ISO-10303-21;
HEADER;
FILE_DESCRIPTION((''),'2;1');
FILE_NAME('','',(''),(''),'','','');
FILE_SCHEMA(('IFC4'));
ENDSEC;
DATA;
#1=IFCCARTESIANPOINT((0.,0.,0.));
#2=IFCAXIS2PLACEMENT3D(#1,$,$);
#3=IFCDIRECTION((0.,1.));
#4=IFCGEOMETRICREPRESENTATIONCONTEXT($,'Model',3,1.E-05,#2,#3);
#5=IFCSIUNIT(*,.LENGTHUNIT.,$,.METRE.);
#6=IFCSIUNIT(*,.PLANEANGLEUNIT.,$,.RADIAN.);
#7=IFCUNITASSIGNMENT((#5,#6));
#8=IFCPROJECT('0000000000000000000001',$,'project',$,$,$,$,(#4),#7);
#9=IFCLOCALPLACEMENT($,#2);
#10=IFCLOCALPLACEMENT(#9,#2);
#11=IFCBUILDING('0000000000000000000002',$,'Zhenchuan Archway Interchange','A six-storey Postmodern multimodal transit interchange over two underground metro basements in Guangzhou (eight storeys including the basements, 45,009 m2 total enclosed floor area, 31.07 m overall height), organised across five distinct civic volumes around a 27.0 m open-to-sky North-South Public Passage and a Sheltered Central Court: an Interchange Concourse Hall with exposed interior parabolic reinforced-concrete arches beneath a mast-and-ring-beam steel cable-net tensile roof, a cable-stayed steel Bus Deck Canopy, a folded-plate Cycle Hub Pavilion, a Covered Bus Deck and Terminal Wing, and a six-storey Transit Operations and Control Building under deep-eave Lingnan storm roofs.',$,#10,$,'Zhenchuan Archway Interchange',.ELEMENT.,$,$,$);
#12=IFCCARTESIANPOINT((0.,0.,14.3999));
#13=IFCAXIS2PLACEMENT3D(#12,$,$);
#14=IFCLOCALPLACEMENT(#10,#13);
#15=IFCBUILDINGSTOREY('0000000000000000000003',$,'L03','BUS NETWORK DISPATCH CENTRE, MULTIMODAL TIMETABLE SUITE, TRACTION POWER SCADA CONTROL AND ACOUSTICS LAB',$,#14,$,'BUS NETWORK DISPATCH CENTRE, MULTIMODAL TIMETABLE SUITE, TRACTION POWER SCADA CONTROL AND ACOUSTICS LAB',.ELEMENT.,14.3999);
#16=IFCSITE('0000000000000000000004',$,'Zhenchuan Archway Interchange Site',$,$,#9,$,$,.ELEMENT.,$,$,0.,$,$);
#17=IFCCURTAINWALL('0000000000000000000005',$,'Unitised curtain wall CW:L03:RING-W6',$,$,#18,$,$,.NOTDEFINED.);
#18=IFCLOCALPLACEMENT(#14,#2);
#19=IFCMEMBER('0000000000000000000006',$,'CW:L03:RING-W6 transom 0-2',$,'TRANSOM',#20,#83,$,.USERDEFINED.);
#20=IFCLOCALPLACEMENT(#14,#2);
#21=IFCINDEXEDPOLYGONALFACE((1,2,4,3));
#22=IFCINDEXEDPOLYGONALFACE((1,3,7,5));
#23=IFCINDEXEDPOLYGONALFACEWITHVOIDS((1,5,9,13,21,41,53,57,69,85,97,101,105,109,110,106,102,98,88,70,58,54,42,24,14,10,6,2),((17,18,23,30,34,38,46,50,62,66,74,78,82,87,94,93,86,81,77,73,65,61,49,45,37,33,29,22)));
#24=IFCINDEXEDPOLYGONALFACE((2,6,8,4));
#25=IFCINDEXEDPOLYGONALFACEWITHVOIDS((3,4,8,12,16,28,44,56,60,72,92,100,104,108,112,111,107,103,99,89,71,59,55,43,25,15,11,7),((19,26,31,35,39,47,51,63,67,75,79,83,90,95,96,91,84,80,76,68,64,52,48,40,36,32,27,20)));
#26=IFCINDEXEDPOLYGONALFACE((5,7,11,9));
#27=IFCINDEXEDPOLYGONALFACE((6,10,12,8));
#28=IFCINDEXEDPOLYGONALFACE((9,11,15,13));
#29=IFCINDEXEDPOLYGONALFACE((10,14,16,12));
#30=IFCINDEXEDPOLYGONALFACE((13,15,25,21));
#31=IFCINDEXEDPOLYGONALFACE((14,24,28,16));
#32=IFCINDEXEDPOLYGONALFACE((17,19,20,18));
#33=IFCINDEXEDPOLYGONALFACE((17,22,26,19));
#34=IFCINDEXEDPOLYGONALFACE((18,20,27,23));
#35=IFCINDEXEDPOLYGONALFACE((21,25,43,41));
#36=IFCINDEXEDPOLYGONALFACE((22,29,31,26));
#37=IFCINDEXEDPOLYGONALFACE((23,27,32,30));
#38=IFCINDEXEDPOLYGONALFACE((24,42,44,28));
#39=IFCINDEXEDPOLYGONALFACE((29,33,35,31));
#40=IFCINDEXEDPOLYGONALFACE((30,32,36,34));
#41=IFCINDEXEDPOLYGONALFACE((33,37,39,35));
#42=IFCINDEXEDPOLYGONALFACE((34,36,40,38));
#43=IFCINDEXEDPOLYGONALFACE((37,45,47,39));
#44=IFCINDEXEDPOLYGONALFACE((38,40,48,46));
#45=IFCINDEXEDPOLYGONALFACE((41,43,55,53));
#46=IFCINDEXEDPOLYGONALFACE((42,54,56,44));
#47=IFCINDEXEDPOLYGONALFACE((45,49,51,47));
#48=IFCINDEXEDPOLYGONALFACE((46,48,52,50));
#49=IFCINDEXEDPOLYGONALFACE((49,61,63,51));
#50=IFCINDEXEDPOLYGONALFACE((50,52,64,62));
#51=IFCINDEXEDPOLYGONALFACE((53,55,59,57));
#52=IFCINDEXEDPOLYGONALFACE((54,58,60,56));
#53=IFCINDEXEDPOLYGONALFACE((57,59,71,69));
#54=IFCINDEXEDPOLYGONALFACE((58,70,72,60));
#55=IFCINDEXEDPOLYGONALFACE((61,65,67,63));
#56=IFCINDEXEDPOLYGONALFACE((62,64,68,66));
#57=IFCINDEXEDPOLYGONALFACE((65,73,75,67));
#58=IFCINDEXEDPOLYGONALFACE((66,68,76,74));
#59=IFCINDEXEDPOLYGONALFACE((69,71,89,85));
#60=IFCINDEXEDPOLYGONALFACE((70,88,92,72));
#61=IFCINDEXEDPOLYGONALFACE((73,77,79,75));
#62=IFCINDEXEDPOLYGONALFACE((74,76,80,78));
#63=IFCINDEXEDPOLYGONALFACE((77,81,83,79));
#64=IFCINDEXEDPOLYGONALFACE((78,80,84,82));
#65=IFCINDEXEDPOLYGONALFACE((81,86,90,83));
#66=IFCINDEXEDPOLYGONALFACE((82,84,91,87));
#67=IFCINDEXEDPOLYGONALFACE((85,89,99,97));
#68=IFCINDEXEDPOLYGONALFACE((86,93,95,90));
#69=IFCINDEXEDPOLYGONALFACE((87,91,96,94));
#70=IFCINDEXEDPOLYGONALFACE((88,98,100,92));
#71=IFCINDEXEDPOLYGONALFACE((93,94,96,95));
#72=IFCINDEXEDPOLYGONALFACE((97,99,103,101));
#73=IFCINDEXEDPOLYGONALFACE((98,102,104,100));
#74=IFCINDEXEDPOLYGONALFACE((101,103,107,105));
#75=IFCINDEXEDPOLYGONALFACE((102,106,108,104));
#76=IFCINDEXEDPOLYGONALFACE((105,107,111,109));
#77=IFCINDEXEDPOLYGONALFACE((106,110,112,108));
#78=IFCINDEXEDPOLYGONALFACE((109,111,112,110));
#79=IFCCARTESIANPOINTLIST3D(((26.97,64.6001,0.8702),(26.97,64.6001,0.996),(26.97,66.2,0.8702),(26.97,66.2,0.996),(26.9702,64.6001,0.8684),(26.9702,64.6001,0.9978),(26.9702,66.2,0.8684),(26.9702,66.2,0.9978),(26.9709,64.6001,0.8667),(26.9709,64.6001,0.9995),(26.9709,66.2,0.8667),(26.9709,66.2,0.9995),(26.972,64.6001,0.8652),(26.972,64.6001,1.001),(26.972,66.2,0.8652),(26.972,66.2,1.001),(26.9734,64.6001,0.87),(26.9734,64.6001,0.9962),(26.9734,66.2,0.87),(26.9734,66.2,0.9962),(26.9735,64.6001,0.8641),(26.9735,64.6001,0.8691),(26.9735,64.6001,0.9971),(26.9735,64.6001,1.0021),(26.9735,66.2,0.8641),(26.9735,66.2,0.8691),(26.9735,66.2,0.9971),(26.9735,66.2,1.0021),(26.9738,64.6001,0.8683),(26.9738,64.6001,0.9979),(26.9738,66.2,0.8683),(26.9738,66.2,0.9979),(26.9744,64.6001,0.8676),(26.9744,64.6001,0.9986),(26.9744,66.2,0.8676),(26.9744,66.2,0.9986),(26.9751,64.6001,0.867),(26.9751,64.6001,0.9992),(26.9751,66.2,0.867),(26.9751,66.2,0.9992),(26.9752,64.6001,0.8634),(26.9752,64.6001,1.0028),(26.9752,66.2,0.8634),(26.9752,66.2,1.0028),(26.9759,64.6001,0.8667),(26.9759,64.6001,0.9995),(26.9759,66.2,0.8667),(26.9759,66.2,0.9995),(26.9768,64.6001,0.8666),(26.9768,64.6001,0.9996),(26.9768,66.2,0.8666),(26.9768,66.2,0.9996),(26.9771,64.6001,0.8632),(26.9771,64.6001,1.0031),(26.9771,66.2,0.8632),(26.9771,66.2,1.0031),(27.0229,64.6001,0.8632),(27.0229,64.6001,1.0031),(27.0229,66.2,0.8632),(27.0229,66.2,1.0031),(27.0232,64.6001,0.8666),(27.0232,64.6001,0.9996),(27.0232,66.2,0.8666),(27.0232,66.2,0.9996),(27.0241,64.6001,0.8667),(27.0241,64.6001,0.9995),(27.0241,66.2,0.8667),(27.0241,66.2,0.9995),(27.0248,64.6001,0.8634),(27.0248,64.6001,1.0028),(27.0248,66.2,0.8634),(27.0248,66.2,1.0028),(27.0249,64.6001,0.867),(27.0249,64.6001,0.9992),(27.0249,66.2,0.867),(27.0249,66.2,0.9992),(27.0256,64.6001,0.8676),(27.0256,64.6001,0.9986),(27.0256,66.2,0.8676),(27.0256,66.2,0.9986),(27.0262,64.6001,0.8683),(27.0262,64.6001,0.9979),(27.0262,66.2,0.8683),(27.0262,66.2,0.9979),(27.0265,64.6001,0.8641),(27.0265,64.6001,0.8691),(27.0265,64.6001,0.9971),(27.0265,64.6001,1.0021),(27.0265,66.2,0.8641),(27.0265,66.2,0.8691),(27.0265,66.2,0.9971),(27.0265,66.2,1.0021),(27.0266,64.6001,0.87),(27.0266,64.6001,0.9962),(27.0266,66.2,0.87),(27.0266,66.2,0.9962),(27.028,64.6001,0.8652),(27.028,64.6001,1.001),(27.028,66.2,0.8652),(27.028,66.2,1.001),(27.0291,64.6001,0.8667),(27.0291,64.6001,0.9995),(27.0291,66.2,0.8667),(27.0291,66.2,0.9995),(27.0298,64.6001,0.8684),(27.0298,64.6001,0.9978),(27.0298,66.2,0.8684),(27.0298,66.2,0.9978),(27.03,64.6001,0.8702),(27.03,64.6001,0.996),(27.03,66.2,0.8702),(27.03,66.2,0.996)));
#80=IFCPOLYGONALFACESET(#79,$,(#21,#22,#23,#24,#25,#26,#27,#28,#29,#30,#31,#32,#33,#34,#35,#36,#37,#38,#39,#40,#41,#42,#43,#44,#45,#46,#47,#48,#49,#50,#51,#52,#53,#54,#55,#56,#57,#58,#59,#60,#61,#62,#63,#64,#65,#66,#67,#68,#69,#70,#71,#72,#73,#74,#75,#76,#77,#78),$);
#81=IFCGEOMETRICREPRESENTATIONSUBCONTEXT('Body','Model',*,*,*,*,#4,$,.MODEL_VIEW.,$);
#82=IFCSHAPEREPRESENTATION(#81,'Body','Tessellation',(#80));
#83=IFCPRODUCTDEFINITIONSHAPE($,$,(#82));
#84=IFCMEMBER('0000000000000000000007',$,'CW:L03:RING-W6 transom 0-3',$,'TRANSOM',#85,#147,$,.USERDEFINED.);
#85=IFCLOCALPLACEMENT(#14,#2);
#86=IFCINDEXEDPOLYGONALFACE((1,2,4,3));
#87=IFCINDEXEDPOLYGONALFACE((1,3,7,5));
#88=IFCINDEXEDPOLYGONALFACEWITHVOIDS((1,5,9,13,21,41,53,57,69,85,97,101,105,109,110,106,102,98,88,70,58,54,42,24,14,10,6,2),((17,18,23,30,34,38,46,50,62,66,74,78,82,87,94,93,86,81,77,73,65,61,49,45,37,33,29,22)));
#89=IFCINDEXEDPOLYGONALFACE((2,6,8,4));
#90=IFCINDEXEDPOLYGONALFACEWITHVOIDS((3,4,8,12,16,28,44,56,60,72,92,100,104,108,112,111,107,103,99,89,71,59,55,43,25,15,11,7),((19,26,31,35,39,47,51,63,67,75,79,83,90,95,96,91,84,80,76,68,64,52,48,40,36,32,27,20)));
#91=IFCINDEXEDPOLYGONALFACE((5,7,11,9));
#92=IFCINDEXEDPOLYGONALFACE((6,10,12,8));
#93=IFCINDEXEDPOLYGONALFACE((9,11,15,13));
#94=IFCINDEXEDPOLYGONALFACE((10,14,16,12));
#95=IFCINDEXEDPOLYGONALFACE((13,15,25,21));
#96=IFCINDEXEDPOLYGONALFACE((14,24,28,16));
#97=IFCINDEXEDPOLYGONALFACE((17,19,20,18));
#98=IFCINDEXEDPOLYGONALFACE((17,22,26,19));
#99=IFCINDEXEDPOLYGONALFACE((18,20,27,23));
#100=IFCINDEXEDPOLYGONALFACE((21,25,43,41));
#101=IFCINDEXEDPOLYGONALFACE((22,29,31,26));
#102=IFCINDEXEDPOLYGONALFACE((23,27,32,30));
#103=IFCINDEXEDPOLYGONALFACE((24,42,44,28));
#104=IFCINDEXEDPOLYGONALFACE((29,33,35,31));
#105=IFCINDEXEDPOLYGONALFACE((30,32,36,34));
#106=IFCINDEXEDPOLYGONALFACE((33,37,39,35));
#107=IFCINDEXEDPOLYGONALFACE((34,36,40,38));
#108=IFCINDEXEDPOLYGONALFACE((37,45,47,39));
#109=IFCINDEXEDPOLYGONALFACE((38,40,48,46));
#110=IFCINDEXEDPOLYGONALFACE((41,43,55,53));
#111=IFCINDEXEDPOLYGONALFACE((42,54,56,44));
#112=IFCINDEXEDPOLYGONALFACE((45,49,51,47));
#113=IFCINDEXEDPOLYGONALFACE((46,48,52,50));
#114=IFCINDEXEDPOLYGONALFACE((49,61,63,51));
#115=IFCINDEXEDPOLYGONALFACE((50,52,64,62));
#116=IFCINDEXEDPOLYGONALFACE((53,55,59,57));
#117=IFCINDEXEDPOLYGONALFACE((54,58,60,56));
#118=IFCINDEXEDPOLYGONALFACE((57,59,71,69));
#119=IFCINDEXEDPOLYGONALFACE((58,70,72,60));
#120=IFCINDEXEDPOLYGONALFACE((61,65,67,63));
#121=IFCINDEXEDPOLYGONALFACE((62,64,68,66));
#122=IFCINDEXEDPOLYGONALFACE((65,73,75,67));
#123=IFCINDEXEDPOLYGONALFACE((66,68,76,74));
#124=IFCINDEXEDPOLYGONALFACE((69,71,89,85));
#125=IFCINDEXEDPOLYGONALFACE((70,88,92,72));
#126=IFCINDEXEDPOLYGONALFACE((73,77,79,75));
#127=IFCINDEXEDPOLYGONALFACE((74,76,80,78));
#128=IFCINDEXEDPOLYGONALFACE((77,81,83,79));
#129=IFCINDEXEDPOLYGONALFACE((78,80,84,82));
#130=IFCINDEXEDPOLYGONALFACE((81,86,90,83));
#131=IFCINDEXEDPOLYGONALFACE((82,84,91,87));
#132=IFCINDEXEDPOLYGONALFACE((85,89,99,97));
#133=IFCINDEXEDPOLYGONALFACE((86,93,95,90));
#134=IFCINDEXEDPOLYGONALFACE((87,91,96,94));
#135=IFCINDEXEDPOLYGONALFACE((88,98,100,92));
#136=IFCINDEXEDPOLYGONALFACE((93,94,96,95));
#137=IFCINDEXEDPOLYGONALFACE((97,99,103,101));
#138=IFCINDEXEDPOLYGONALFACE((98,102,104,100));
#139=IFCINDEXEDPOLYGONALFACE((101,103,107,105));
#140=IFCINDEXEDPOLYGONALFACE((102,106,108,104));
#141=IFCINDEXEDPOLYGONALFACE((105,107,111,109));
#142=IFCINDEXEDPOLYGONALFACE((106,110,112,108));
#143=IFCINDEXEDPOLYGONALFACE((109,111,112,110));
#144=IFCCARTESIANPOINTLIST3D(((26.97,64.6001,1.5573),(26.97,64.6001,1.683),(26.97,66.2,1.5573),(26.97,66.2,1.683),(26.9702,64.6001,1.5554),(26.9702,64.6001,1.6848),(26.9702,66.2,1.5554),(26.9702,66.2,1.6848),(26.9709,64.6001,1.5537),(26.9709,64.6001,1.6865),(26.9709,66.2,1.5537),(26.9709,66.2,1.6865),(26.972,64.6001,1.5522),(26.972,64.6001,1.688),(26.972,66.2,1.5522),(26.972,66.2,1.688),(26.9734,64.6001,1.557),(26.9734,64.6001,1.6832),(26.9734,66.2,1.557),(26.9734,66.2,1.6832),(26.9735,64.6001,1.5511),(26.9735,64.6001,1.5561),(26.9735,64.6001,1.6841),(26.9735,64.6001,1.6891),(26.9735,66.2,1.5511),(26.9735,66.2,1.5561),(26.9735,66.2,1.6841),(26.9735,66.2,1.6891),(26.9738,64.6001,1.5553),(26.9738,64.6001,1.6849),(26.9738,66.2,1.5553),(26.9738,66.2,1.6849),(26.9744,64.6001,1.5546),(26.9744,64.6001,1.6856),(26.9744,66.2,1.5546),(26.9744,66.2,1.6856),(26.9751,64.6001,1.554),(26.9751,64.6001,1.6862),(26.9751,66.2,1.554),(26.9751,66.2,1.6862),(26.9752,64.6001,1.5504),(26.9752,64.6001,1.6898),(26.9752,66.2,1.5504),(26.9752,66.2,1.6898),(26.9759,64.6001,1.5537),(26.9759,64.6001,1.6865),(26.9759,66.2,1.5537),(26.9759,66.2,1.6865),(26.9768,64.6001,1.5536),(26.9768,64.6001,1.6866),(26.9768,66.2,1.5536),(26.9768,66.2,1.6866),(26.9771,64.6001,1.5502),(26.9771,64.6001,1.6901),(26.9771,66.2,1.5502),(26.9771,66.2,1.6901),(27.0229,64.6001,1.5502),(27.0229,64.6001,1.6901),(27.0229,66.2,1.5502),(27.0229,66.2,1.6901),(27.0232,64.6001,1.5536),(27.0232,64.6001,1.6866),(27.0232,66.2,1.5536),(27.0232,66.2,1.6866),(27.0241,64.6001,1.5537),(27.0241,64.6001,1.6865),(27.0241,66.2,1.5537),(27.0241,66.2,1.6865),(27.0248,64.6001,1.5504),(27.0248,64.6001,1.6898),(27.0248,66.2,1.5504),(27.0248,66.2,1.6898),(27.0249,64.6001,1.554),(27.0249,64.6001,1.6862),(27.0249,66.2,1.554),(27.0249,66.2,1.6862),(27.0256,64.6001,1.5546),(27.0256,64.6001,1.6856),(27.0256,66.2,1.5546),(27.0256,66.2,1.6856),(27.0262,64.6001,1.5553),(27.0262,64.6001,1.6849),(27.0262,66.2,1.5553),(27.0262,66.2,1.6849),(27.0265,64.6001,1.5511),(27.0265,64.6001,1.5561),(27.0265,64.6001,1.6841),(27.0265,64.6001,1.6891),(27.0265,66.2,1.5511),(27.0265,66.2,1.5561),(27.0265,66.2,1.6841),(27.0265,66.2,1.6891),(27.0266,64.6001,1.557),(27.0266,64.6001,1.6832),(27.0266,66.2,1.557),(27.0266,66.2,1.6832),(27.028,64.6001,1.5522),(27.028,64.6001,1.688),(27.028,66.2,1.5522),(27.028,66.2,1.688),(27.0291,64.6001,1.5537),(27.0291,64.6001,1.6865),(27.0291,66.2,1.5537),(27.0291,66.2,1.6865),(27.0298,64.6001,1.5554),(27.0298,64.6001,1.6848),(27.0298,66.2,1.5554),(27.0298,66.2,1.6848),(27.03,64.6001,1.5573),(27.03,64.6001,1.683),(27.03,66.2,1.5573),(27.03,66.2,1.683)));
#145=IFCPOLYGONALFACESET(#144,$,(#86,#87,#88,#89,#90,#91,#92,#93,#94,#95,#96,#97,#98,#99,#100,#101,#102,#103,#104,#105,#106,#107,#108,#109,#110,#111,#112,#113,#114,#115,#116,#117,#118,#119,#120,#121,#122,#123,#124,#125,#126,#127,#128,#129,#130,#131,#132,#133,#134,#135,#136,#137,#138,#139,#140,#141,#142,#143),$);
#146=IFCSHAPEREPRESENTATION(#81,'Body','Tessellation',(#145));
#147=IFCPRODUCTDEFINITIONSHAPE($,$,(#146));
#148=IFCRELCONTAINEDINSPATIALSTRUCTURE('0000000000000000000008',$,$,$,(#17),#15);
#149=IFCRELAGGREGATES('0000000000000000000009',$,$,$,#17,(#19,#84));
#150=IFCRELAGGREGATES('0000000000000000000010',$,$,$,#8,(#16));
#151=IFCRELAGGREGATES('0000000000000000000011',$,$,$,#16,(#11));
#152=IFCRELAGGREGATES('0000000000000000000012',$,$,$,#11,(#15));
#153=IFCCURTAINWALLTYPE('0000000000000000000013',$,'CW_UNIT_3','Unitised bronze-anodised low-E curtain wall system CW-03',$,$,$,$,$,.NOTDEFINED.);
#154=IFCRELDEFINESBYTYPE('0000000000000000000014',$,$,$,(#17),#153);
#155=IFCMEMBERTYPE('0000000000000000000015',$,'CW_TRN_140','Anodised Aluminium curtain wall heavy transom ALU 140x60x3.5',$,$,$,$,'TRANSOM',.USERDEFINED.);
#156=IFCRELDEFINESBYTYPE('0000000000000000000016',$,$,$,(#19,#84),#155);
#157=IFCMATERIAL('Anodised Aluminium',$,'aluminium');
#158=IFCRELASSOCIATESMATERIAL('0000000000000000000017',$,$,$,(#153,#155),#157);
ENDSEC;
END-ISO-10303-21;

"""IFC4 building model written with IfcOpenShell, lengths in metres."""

from ifc_helpers import new_model, si_unit, direction, frame, origin, origin_2d, place, context, subcontext, project, spatial, hollow_rectangle, extrude, material, material_profile, profile_set, type_object, element, aggregate, save


model = new_model("IFC4")

# Units and contexts
model_context = context("Model", 3, precision=1e-05, world=origin(), true_north=direction((0.0, 1.0)))
body_context = subcontext(model_context, "Body", "Model", "MODEL_VIEW")
ifc_project = project(units=[si_unit("LENGTHUNIT", "METRE"), si_unit("PLANEANGLEUNIT", "RADIAN")], contexts=[model_context])

# Site, building, storey
site_placement = place(None, origin())
site = spatial("IfcSite", under=ifc_project, at=site_placement, Name="Zhenchuan Archway Interchange Site", CompositionType="ELEMENT", RefElevation=0.0)
building_placement = place(site_placement, origin())
building = spatial("IfcBuilding", under=site, at=building_placement, Name="Zhenchuan Archway Interchange", Description="A six-storey Postmodern multimodal transit interchange over two underground metro basements in Guangzhou (eight storeys including the basements, 45,009 m2 total enclosed floor area, 31.07 m overall height), organised across five distinct civic volumes around a 27.0 m open-to-sky North-South Public Passage and a Sheltered Central Court: an Interchange Concourse Hall with exposed interior parabolic reinforced-concrete arches beneath a mast-and-ring-beam steel cable-net tensile roof, a cable-stayed steel Bus Deck Canopy, a folded-plate Cycle Hub Pavilion, a Covered Bus Deck and Terminal Wing, and a six-storey Transit Operations and Control Building under deep-eave Lingnan storm roofs.", LongName="Zhenchuan Archway Interchange", CompositionType="ELEMENT")
storey_placement = place(building_placement, frame((0.0, 0.0, 14.3999)))
storey = spatial("IfcBuildingStorey", under=building, at=storey_placement, Name="L03", Description="BUS NETWORK DISPATCH CENTRE, MULTIMODAL TIMETABLE SUITE, TRACTION POWER SCADA CONTROL AND ACOUSTICS LAB", LongName="BUS NETWORK DISPATCH CENTRE, MULTIMODAL TIMETABLE SUITE, TRACTION POWER SCADA CONTROL AND ACOUSTICS LAB", CompositionType="ELEMENT", Elevation=14.3999)

# Curtain wall, members
ifc_material_1 = material(Name="Anodised Aluminium", Category="aluminium")
curtain_wall_type = type_object("IfcCurtainWallType", Name="CW_UNIT_3", Description="Unitised bronze-anodised low-E curtain wall system CW-03", PredefinedType="NOTDEFINED", material=ifc_material_1)
curtain_wall_placement = place(storey_placement, origin())
curtain_wall = element("IfcCurtainWall", 1, at=curtain_wall_placement, inside=storey, type_object=curtain_wall_type, Name="Unitised curtain wall CW:L03:RING-W6", PredefinedType="NOTDEFINED")
ifc_material_profile_1 = material_profile(ifc_material_1, hollow_rectangle(XDim=0.0601, YDim=0.1399, WallThickness=0.0034, InnerFilletRadius=0.0034, OuterFilletRadius=0.0071, at=origin_2d()), Name="ALU 140x60x3.5")
ifc_profile_set_1 = profile_set([ifc_material_profile_1], Name="Anodised Aluminium")
member_type_1 = type_object("IfcMemberType", Name="CW_TRN_140", Description="Anodised Aluminium curtain wall heavy transom ALU 140x60x3.5", ElementType="TRANSOM", PredefinedType="USERDEFINED", material=ifc_profile_set_1)
member_1_placement = place(storey_placement, frame((27.0, 64.6001, 0.9331), z_axis=(0.0, 1.0, 0.0), x_axis=(-1.0, 0.0, 0.0)))
member_1 = element("IfcMember", 2, at=member_1_placement, type_object=member_type_1, Name="CW:L03:RING-W6 transom 0-2", ObjectType="TRANSOM", PredefinedType="USERDEFINED", context=body_context, shape_type="SweptSolid", body=[
    extrude(hollow_rectangle(XDim=0.0601, YDim=0.1399, WallThickness=0.0034, InnerFilletRadius=0.0034, OuterFilletRadius=0.0071, at=origin_2d()), origin(), (0.0, 0.0, 1.0), 1.5999),
])
member_2_placement = place(storey_placement, frame((27.0, 64.6001, 1.6201), z_axis=(0.0, 1.0, 0.0), x_axis=(-1.0, 0.0, 0.0)))
member_2 = element("IfcMember", 3, at=member_2_placement, type_object=member_type_1, Name="CW:L03:RING-W6 transom 0-3", ObjectType="TRANSOM", PredefinedType="USERDEFINED", context=body_context, shape_type="SweptSolid", body=[
    extrude(hollow_rectangle(XDim=0.0601, YDim=0.1399, WallThickness=0.0034, InnerFilletRadius=0.0034, OuterFilletRadius=0.0071, at=origin_2d()), origin(), (0.0, 0.0, 1.0), 1.5999),
])

aggregate(curtain_wall, [member_1, member_2])

save(model, "model.ifc")
